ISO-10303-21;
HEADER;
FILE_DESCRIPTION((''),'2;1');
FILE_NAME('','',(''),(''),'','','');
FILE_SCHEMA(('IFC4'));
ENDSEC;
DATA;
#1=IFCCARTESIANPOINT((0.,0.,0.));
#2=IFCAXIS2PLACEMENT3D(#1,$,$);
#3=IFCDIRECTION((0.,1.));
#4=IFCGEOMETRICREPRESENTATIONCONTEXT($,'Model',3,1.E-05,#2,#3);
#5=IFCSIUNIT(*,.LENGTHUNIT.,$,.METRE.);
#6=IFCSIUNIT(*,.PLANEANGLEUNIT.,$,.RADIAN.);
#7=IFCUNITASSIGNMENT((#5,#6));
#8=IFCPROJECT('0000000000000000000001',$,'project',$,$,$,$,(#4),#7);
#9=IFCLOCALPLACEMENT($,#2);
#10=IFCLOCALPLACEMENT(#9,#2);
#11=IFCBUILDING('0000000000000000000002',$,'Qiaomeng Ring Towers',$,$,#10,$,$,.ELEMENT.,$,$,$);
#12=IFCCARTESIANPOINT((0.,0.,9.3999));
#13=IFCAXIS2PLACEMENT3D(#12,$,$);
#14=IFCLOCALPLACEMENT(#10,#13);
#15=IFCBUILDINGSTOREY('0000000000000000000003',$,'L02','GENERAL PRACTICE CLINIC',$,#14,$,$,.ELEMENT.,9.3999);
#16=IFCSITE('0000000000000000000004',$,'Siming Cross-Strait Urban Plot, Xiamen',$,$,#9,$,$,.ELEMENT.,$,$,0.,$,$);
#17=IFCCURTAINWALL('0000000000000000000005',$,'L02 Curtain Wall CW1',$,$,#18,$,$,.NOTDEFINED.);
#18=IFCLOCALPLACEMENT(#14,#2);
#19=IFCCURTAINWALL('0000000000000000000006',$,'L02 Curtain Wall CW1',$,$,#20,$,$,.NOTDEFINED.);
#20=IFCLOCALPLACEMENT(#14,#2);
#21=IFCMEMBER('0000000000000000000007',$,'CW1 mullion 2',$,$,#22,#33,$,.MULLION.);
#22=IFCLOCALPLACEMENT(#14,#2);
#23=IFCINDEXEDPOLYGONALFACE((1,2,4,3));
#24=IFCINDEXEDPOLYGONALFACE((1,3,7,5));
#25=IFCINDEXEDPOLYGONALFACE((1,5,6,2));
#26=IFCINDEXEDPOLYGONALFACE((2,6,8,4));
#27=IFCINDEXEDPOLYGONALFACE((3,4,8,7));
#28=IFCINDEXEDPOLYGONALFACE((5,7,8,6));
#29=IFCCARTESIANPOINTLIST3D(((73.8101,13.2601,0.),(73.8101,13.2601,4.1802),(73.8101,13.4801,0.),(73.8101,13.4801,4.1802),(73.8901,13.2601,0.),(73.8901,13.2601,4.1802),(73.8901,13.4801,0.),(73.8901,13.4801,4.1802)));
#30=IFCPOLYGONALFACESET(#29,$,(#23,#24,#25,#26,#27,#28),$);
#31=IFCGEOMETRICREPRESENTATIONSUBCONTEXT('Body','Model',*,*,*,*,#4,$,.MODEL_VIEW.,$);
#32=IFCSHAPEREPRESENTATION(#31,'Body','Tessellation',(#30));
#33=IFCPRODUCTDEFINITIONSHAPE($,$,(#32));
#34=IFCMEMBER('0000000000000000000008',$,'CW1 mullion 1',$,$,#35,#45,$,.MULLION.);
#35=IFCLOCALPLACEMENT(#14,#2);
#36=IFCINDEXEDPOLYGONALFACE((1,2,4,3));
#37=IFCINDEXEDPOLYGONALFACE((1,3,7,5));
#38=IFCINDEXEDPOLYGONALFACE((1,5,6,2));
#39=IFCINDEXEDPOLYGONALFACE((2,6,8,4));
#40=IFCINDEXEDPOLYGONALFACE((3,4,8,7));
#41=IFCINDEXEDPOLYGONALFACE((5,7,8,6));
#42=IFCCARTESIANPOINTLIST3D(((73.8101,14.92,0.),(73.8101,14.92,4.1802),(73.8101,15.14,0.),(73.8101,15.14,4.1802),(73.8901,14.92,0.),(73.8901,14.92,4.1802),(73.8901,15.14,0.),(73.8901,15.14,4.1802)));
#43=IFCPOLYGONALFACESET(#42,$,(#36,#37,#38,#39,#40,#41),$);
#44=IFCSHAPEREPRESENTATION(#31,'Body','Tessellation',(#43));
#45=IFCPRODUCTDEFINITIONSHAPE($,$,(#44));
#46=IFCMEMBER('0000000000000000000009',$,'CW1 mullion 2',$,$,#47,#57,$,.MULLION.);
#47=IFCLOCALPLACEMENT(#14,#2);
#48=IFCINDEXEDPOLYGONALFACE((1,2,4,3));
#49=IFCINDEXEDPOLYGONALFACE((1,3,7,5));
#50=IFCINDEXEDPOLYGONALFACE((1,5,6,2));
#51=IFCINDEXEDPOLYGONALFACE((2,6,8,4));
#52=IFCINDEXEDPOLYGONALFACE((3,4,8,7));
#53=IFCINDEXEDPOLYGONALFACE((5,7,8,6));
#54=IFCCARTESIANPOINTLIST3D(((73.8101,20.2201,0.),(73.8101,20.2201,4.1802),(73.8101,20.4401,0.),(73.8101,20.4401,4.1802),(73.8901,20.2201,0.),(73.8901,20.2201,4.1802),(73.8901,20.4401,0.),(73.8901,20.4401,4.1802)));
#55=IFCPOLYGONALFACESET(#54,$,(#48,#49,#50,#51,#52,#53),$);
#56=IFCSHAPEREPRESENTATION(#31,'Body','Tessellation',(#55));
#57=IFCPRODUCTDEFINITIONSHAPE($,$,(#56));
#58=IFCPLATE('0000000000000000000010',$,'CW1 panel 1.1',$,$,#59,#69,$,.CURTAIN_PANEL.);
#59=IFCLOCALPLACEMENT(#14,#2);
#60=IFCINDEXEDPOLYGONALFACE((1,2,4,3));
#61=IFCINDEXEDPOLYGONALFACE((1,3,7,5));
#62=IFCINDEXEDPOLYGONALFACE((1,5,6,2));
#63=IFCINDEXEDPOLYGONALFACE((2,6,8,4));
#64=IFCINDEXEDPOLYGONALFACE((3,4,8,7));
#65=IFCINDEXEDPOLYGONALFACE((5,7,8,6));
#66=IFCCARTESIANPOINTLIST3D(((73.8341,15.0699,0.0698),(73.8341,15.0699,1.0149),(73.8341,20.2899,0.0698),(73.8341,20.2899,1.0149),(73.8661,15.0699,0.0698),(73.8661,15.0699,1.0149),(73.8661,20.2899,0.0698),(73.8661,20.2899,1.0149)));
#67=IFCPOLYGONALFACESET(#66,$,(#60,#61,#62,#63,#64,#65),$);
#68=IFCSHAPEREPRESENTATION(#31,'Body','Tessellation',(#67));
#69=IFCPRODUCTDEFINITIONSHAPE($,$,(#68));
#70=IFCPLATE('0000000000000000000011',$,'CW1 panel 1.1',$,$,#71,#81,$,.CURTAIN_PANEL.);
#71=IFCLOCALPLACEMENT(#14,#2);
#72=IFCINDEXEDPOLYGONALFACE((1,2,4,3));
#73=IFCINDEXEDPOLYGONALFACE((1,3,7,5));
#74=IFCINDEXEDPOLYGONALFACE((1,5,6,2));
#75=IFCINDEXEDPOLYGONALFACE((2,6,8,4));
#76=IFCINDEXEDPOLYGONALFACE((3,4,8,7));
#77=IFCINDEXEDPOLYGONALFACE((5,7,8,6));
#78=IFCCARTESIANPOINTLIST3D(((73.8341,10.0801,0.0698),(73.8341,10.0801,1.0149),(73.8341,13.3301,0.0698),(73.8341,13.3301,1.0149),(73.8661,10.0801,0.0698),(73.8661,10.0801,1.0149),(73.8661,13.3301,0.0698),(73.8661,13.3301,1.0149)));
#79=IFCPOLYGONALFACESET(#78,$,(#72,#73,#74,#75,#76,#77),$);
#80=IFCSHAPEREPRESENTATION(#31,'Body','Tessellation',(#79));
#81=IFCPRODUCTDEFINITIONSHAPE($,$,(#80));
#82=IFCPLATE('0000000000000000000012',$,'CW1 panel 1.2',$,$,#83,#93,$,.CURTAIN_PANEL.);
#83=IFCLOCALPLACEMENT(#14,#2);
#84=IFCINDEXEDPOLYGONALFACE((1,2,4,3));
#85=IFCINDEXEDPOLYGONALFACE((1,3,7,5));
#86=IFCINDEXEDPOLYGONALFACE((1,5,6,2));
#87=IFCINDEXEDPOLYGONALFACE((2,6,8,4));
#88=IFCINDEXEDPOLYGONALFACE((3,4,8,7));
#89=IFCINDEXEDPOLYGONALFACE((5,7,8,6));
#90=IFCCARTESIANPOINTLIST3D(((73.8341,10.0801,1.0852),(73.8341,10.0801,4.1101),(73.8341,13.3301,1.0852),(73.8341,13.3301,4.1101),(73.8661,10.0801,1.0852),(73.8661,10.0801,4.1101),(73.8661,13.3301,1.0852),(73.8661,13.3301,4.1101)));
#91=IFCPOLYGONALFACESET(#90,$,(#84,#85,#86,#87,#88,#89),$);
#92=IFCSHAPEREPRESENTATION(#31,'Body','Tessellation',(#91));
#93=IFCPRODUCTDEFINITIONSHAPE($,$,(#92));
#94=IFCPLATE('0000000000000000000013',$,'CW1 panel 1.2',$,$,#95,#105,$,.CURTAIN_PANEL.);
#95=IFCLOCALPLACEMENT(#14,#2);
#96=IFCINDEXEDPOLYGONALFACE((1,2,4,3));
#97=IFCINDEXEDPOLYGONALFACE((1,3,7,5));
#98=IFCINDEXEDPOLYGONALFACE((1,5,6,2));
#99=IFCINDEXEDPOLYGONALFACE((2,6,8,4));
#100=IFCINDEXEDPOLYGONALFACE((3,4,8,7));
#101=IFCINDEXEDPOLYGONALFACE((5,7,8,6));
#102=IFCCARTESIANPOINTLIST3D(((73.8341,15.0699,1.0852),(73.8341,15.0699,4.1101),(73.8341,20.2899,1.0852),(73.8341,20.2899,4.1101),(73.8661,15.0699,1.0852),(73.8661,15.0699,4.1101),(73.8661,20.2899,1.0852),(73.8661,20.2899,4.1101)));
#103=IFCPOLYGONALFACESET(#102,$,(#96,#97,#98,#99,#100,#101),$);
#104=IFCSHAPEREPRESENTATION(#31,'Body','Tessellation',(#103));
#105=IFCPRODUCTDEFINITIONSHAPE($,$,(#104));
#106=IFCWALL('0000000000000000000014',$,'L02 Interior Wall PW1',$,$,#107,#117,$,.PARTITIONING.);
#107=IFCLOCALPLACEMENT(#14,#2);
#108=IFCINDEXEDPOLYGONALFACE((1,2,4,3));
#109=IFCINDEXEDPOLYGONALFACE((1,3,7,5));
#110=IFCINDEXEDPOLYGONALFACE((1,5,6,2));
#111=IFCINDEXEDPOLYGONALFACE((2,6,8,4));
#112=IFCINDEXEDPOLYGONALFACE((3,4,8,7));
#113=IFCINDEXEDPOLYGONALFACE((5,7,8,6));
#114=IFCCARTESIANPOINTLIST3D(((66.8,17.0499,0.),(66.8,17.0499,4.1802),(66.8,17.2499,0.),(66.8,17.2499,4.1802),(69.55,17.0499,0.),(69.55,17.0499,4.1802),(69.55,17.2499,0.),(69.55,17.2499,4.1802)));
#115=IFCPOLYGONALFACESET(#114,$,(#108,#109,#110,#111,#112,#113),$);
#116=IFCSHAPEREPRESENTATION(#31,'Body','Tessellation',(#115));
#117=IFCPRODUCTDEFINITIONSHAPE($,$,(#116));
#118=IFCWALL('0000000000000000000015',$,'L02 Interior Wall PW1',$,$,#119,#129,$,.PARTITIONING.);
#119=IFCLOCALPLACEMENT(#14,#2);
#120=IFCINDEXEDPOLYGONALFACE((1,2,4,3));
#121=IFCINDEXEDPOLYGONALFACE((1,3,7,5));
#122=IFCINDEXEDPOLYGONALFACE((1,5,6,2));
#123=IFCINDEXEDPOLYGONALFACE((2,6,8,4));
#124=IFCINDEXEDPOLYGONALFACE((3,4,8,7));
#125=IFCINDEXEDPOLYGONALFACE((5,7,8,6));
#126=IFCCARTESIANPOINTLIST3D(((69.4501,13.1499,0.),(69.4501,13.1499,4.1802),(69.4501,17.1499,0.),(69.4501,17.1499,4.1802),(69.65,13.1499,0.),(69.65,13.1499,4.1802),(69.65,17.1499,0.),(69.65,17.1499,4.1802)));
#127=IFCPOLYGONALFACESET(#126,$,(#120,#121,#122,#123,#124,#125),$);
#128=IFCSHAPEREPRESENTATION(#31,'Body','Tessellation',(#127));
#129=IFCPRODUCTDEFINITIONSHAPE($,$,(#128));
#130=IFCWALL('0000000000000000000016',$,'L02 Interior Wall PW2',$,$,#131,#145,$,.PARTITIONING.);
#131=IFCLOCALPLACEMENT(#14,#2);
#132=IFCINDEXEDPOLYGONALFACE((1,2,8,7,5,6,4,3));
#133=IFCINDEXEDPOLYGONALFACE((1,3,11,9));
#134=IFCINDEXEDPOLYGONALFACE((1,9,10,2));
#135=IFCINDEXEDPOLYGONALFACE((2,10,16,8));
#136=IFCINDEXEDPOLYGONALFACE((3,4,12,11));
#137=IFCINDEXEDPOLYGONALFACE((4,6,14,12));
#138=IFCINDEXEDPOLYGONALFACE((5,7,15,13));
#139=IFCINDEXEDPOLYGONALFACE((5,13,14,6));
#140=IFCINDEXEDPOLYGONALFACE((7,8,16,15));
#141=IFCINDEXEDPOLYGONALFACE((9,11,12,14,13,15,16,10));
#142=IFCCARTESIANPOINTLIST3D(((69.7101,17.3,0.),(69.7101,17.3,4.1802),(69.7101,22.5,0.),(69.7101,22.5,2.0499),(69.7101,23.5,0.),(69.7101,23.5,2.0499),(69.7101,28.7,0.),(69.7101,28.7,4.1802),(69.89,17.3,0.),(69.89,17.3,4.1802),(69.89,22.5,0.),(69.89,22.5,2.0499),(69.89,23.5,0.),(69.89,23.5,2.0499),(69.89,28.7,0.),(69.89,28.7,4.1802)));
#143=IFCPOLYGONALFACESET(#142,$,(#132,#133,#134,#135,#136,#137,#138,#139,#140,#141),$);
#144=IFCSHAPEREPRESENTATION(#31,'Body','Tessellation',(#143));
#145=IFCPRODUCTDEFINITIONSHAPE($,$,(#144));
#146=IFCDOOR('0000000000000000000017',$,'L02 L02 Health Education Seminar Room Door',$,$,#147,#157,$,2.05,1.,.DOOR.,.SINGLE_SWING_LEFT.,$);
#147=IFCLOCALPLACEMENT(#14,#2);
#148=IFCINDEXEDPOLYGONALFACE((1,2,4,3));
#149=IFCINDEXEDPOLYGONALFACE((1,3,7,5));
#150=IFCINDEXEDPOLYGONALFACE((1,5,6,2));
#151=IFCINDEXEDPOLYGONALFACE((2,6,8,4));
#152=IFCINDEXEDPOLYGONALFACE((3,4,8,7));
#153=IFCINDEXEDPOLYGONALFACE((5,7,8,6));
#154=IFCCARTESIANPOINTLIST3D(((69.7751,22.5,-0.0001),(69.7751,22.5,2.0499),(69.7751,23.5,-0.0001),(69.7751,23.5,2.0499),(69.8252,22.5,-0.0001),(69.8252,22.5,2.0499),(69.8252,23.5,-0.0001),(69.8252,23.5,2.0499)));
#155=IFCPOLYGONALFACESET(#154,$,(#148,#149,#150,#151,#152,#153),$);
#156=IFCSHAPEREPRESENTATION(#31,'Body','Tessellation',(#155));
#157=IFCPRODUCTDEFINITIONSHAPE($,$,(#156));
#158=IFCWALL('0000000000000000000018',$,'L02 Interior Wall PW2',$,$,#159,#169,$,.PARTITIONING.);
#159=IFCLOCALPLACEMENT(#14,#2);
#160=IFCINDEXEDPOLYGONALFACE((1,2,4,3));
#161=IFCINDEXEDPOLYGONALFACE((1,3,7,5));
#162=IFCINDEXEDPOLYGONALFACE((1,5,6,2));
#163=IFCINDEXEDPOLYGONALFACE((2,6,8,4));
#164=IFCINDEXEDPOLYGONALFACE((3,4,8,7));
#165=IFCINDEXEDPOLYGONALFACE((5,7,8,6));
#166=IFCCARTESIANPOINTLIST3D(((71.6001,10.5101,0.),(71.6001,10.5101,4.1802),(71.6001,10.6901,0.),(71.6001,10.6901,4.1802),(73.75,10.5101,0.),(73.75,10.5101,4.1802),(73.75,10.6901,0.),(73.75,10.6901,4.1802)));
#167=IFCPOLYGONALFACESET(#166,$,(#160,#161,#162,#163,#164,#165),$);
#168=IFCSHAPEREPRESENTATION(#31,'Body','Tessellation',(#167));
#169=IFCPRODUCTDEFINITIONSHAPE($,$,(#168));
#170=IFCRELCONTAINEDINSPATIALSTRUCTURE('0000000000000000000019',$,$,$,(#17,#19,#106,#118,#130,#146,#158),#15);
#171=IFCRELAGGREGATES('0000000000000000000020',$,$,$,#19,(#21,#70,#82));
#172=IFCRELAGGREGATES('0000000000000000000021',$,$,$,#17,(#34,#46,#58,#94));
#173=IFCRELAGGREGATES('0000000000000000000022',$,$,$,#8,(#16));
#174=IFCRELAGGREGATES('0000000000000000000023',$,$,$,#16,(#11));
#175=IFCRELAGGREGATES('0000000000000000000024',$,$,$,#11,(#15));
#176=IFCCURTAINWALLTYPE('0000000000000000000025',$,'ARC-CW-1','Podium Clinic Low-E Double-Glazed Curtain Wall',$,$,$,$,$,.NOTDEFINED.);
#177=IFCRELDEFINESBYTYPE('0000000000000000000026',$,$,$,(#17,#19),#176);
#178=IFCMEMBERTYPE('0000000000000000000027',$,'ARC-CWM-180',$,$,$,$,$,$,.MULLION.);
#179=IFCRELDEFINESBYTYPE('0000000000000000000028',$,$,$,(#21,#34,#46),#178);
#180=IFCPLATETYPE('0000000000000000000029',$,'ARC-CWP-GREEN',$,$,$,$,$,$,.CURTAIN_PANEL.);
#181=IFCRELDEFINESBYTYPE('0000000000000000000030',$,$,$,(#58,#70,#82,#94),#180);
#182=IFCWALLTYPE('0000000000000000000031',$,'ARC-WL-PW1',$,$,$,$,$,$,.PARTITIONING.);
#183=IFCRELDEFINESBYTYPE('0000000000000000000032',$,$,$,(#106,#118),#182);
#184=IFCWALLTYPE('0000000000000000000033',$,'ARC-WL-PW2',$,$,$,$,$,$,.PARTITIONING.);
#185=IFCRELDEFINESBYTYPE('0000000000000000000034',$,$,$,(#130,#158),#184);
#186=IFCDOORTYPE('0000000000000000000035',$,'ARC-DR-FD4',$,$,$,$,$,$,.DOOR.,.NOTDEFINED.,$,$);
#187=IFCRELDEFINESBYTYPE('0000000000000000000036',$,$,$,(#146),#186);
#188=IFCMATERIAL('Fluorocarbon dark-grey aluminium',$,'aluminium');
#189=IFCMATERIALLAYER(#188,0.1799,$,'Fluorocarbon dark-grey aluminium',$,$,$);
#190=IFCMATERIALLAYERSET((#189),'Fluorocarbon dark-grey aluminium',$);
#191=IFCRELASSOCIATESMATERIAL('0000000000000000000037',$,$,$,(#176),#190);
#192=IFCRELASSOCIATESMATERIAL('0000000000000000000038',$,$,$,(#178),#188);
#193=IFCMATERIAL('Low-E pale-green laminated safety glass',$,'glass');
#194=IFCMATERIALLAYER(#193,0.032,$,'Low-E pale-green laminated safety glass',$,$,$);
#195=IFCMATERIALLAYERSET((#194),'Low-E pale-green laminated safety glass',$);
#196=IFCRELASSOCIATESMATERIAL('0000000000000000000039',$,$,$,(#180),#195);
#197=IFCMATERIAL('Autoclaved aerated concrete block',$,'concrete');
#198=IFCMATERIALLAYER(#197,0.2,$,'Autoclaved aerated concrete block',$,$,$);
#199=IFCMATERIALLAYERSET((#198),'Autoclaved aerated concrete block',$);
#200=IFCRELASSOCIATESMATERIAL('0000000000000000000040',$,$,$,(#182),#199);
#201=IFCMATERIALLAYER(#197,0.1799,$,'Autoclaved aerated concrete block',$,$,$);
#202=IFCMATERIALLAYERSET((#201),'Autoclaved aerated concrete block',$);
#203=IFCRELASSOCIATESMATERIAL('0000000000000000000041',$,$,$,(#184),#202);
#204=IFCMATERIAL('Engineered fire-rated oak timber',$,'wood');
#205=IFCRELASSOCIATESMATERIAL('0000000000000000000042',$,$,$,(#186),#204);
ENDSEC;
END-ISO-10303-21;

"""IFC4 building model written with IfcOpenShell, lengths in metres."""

from ifc_helpers import new_model, si_unit, direction, frame, frame_2d, origin, origin_2d, place, context, subcontext, project, spatial, rectangle, extrude, source, transform, mapped, material, layer, layer_set, material_profile, profile_set, type_object, element, fill, aggregate, save


model = new_model("IFC4")

# Units and contexts
model_context = context("Model", 3, precision=1e-05, world=origin(), true_north=direction((0.0, 1.0)))
body_context = subcontext(model_context, "Body", "Model", "MODEL_VIEW")
ifc_project = project(units=[si_unit("LENGTHUNIT", "METRE"), si_unit("PLANEANGLEUNIT", "RADIAN")], contexts=[model_context])

# Site, building, storey
site_placement = place(None, origin())
site = spatial("IfcSite", under=ifc_project, at=site_placement, Name="Siming Cross-Strait Urban Plot, Xiamen", CompositionType="ELEMENT", RefElevation=0.0)
building_placement = place(site_placement, origin())
building = spatial("IfcBuilding", under=site, at=building_placement, Name="Qiaomeng Ring Towers", CompositionType="ELEMENT")
storey_placement = place(building_placement, frame((0.0, 0.0, 9.3999)))
storey = spatial("IfcBuildingStorey", under=building, at=storey_placement, Name="L02", Description="GENERAL PRACTICE CLINIC", CompositionType="ELEMENT", Elevation=9.3999)

# Curtain walls, member
ifc_material_1 = material(Name="Fluorocarbon dark-grey aluminium", Category="aluminium")
ifc_layer_1 = layer(ifc_material_1, 0.1799, Name="Fluorocarbon dark-grey aluminium")
ifc_layer_set_1 = layer_set([ifc_layer_1], Name="Fluorocarbon dark-grey aluminium")
curtain_wall_type = type_object("IfcCurtainWallType", Name="ARC-CW-1", Description="Podium Clinic Low-E Double-Glazed Curtain Wall", PredefinedType="NOTDEFINED", material=ifc_layer_set_1)
curtain_wall_1_placement = place(storey_placement, origin())
curtain_wall_1 = element("IfcCurtainWall", 1, at=curtain_wall_1_placement, inside=storey, type_object=curtain_wall_type, Name="L02 Curtain Wall CW1", PredefinedType="NOTDEFINED")
curtain_wall_2_placement = place(storey_placement, origin())
curtain_wall_2 = element("IfcCurtainWall", 2, at=curtain_wall_2_placement, inside=storey, type_object=curtain_wall_type, Name="L02 Curtain Wall CW1", PredefinedType="NOTDEFINED")
ifc_material_profile_1 = material_profile(ifc_material_1, rectangle(XDim=0.0801, YDim=0.22, at=origin_2d()), Name="ALU MULL 80x220")
ifc_profile_set_1 = profile_set([ifc_material_profile_1], Name="Fluorocarbon dark-grey aluminium")
member_type_1 = type_object("IfcMemberType", Name="ARC-CWM-180", PredefinedType="MULLION", material=ifc_profile_set_1)
shared_shape_1 = source(origin(), body_context, "Body", "SweptSolid", [
    extrude(rectangle(XDim=0.0801, YDim=0.22, at=origin_2d()), origin(), (0.0, 0.0, 1.0), 4.1802),
])
member_1_placement = place(storey_placement, frame((73.8501, 13.3701, 0.0), z_axis=(0.0, 0.0, 1.0), x_axis=(-1.0, 0.0, 0.0)))
member_1 = element("IfcMember", 3, at=member_1_placement, type_object=member_type_1, Name="CW1 mullion 2", PredefinedType="MULLION", context=body_context, shape_type="MappedRepresentation", body=[
    mapped(shared_shape_1, transform((0.0, 0.0, 0.0), x_axis=(1.0, 0.0, 0.0), y_axis=(0.0, 1.0, 0.0), z_axis=(0.0, 0.0, 1.0), scale=1.0)),
])

# Members
member_2_placement = place(storey_placement, frame((73.8501, 15.03, 0.0), z_axis=(0.0, 0.0, 1.0), x_axis=(-1.0, 0.0, 0.0)))
member_2 = element("IfcMember", 4, at=member_2_placement, type_object=member_type_1, Name="CW1 mullion 1", PredefinedType="MULLION", context=body_context, shape_type="MappedRepresentation", body=[
    mapped(shared_shape_1, transform((0.0, 0.0, 0.0), x_axis=(1.0, 0.0, 0.0), y_axis=(0.0, 1.0, 0.0), z_axis=(0.0, 0.0, 1.0), scale=1.0)),
])
member_3_placement = place(storey_placement, frame((73.8501, 20.3301, 0.0), z_axis=(0.0, 0.0, 1.0), x_axis=(-1.0, 0.0, 0.0)))
member_3 = element("IfcMember", 5, at=member_3_placement, type_object=member_type_1, Name="CW1 mullion 2", PredefinedType="MULLION", context=body_context, shape_type="MappedRepresentation", body=[
    mapped(shared_shape_1, transform((0.0, 0.0, 0.0), x_axis=(1.0, 0.0, 0.0), y_axis=(0.0, 1.0, 0.0), z_axis=(0.0, 0.0, 1.0), scale=1.0)),
])

# Plates
ifc_material_2 = material(Name="Low-E pale-green laminated safety glass", Category="glass")
ifc_layer_2 = layer(ifc_material_2, 0.032, Name="Low-E pale-green laminated safety glass")
ifc_layer_set_2 = layer_set([ifc_layer_2], Name="Low-E pale-green laminated safety glass")
plate_type = type_object("IfcPlateType", Name="ARC-CWP-GREEN", PredefinedType="CURTAIN_PANEL", material=ifc_layer_set_2)
shared_shape_2 = source(origin(), body_context, "Body", "SweptSolid", [
    extrude(rectangle(XDim=5.22, YDim=0.032, at=origin_2d()), origin(), (0.0, 0.0, 1.0), 0.9451),
])
plate_1_placement = place(storey_placement, frame((73.8501, 17.6799, 0.0698), z_axis=(0.0, 0.0, 1.0), x_axis=(0.0, 1.0, 0.0)))
plate_1 = element("IfcPlate", 6, at=plate_1_placement, type_object=plate_type, Name="CW1 panel 1.1", PredefinedType="CURTAIN_PANEL", context=body_context, shape_type="MappedRepresentation", body=[
    mapped(shared_shape_2, transform((0.0, 0.0, 0.0), x_axis=(1.0, 0.0, 0.0), y_axis=(0.0, 1.0, 0.0), z_axis=(0.0, 0.0, 1.0), scale=1.0)),
])
shared_shape_3 = source(origin(), body_context, "Body", "SweptSolid", [
    extrude(rectangle(XDim=3.25, YDim=0.032, at=origin_2d()), origin(), (0.0, 0.0, 1.0), 0.9451),
])
plate_2_placement = place(storey_placement, frame((73.8501, 11.7051, 0.0698), z_axis=(0.0, 0.0, 1.0), x_axis=(0.0, 1.0, 0.0)))
plate_2 = element("IfcPlate", 7, at=plate_2_placement, type_object=plate_type, Name="CW1 panel 1.1", PredefinedType="CURTAIN_PANEL", context=body_context, shape_type="MappedRepresentation", body=[
    mapped(shared_shape_3, transform((0.0, 0.0, 0.0), x_axis=(1.0, 0.0, 0.0), y_axis=(0.0, 1.0, 0.0), z_axis=(0.0, 0.0, 1.0), scale=1.0)),
])
shared_shape_4 = source(origin(), body_context, "Body", "SweptSolid", [
    extrude(rectangle(XDim=3.25, YDim=0.032, at=origin_2d()), origin(), (0.0, 0.0, 1.0), 3.0249),
])
plate_3_placement = place(storey_placement, frame((73.8501, 11.7051, 1.0852), z_axis=(0.0, 0.0, 1.0), x_axis=(0.0, 1.0, 0.0)))
plate_3 = element("IfcPlate", 8, at=plate_3_placement, type_object=plate_type, Name="CW1 panel 1.2", PredefinedType="CURTAIN_PANEL", context=body_context, shape_type="MappedRepresentation", body=[
    mapped(shared_shape_4, transform((0.0, 0.0, 0.0), x_axis=(1.0, 0.0, 0.0), y_axis=(0.0, 1.0, 0.0), z_axis=(0.0, 0.0, 1.0), scale=1.0)),
])
aggregate(curtain_wall_2, [member_1, plate_2, plate_3])
shared_shape_5 = source(origin(), body_context, "Body", "SweptSolid", [
    extrude(rectangle(XDim=5.22, YDim=0.032, at=origin_2d()), origin(), (0.0, 0.0, 1.0), 3.0249),
])
plate_4_placement = place(storey_placement, frame((73.8501, 17.6799, 1.0852), z_axis=(0.0, 0.0, 1.0), x_axis=(0.0, 1.0, 0.0)))
plate_4 = element("IfcPlate", 9, at=plate_4_placement, type_object=plate_type, Name="CW1 panel 1.2", PredefinedType="CURTAIN_PANEL", context=body_context, shape_type="MappedRepresentation", body=[
    mapped(shared_shape_5, transform((0.0, 0.0, 0.0), x_axis=(1.0, 0.0, 0.0), y_axis=(0.0, 1.0, 0.0), z_axis=(0.0, 0.0, 1.0), scale=1.0)),
])
aggregate(curtain_wall_1, [member_2, member_3, plate_1, plate_4])

# Walls
ifc_material_3 = material(Name="Autoclaved aerated concrete block", Category="concrete")
ifc_layer_3 = layer(ifc_material_3, 0.2, Name="Autoclaved aerated concrete block")
ifc_layer_set_3 = layer_set([ifc_layer_3], Name="Autoclaved aerated concrete block")
wall_type_1 = type_object("IfcWallType", Name="ARC-WL-PW1", PredefinedType="PARTITIONING", material=ifc_layer_set_3)
wall_1_placement = place(storey_placement, frame((66.8, 17.1499, 0.0), z_axis=(0.0, 0.0, 1.0), x_axis=(1.0, 0.0, 0.0)))
element("IfcWall", 10, at=wall_1_placement, inside=storey, type_object=wall_type_1, Name="L02 Interior Wall PW1", PredefinedType="PARTITIONING", context=body_context, shape_type="SweptSolid", body=[
    extrude(rectangle(XDim=2.75, YDim=0.2, at=frame_2d((1.375, 0.0))), origin(), (0.0, 0.0, 1.0), 4.1802),
])
wall_2_placement = place(storey_placement, frame((69.55, 13.1499, 0.0), z_axis=(0.0, 0.0, 1.0), x_axis=(0.0, 1.0, 0.0)))
element("IfcWall", 11, at=wall_2_placement, inside=storey, type_object=wall_type_1, Name="L02 Interior Wall PW1", PredefinedType="PARTITIONING", context=body_context, shape_type="SweptSolid", body=[
    extrude(rectangle(XDim=4.0, YDim=0.2, at=frame_2d((2.0, 0.0))), origin(), (0.0, 0.0, 1.0), 4.1802),
])

# Wall, opening, door
ifc_layer_4 = layer(ifc_material_3, 0.1799, Name="Autoclaved aerated concrete block")
ifc_layer_set_4 = layer_set([ifc_layer_4], Name="Autoclaved aerated concrete block")
wall_type_2 = type_object("IfcWallType", Name="ARC-WL-PW2", PredefinedType="PARTITIONING", material=ifc_layer_set_4)
wall_3_placement = place(storey_placement, frame((69.8, 17.3, 0.0), z_axis=(0.0, 0.0, 1.0), x_axis=(0.0, 1.0, 0.0)))
wall_3 = element("IfcWall", 12, at=wall_3_placement, inside=storey, type_object=wall_type_2, Name="L02 Interior Wall PW2", PredefinedType="PARTITIONING", context=body_context, shape_type="SweptSolid", body=[
    extrude(rectangle(XDim=11.3999, YDim=0.1799, at=frame_2d((5.7, 0.0))), origin(), (0.0, 0.0, 1.0), 4.1802),
])
opening_1_placement = place(wall_3_placement, frame((5.2, 0.0, 0.0)))
opening_1 = element("IfcOpeningElement", 13, at=opening_1_placement, cuts=wall_3, PredefinedType="OPENING", context=body_context, shape_type="SweptSolid", body=[
    extrude(rectangle(XDim=1.0, YDim=2.05, at=frame_2d((0.5, 1.0249))), frame((0.0, 0.0999, 0.0), z_axis=(0.0, -1.0, 0.0), x_axis=(1.0, 0.0, 0.0)), (0.0, 0.0, 1.0), 0.2),
])
ifc_material_4 = material(Name="Engineered fire-rated oak timber", Category="wood")
door_type = type_object("IfcDoorType", Name="ARC-DR-FD4", OperationType="NOTDEFINED", PredefinedType="DOOR", material=ifc_material_4)
shared_shape_6 = source(origin(), body_context, "Body", "SweptSolid", [
    extrude(rectangle(XDim=1.0, YDim=2.05, at=frame_2d((0.5, 1.0249))), frame((0.0, 0.0249, 0.0), z_axis=(0.0, -1.0, 0.0), x_axis=(1.0, 0.0, 0.0)), (0.0, 0.0, 1.0), 0.05),
])
door_1_placement = place(opening_1_placement, origin())
door_1 = element("IfcDoor", 14, at=door_1_placement, inside=storey, type_object=door_type, Name="L02 L02 Health Education Seminar Room Door", OperationType="SINGLE_SWING_LEFT", OverallHeight=2.05, OverallWidth=1.0, PredefinedType="DOOR", context=body_context, shape_type="MappedRepresentation", body=[
    mapped(shared_shape_6, transform((0.0, 0.0, 0.0), x_axis=(1.0, 0.0, 0.0), y_axis=(0.0, 1.0, 0.0), z_axis=(0.0, 0.0, 1.0), scale=1.0)),
])
fill(opening_1, door_1)

# Wall
wall_4_placement = place(storey_placement, frame((71.6001, 10.6001, 0.0), z_axis=(0.0, 0.0, 1.0), x_axis=(1.0, 0.0, 0.0)))
element("IfcWall", 15, at=wall_4_placement, inside=storey, type_object=wall_type_2, Name="L02 Interior Wall PW2", PredefinedType="PARTITIONING", context=body_context, shape_type="SweptSolid", body=[
    extrude(rectangle(XDim=2.1499, YDim=0.1799, at=frame_2d((1.075, 0.0))), origin(), (0.0, 0.0, 1.0), 4.1802),
])

save(model, "model.ifc")
